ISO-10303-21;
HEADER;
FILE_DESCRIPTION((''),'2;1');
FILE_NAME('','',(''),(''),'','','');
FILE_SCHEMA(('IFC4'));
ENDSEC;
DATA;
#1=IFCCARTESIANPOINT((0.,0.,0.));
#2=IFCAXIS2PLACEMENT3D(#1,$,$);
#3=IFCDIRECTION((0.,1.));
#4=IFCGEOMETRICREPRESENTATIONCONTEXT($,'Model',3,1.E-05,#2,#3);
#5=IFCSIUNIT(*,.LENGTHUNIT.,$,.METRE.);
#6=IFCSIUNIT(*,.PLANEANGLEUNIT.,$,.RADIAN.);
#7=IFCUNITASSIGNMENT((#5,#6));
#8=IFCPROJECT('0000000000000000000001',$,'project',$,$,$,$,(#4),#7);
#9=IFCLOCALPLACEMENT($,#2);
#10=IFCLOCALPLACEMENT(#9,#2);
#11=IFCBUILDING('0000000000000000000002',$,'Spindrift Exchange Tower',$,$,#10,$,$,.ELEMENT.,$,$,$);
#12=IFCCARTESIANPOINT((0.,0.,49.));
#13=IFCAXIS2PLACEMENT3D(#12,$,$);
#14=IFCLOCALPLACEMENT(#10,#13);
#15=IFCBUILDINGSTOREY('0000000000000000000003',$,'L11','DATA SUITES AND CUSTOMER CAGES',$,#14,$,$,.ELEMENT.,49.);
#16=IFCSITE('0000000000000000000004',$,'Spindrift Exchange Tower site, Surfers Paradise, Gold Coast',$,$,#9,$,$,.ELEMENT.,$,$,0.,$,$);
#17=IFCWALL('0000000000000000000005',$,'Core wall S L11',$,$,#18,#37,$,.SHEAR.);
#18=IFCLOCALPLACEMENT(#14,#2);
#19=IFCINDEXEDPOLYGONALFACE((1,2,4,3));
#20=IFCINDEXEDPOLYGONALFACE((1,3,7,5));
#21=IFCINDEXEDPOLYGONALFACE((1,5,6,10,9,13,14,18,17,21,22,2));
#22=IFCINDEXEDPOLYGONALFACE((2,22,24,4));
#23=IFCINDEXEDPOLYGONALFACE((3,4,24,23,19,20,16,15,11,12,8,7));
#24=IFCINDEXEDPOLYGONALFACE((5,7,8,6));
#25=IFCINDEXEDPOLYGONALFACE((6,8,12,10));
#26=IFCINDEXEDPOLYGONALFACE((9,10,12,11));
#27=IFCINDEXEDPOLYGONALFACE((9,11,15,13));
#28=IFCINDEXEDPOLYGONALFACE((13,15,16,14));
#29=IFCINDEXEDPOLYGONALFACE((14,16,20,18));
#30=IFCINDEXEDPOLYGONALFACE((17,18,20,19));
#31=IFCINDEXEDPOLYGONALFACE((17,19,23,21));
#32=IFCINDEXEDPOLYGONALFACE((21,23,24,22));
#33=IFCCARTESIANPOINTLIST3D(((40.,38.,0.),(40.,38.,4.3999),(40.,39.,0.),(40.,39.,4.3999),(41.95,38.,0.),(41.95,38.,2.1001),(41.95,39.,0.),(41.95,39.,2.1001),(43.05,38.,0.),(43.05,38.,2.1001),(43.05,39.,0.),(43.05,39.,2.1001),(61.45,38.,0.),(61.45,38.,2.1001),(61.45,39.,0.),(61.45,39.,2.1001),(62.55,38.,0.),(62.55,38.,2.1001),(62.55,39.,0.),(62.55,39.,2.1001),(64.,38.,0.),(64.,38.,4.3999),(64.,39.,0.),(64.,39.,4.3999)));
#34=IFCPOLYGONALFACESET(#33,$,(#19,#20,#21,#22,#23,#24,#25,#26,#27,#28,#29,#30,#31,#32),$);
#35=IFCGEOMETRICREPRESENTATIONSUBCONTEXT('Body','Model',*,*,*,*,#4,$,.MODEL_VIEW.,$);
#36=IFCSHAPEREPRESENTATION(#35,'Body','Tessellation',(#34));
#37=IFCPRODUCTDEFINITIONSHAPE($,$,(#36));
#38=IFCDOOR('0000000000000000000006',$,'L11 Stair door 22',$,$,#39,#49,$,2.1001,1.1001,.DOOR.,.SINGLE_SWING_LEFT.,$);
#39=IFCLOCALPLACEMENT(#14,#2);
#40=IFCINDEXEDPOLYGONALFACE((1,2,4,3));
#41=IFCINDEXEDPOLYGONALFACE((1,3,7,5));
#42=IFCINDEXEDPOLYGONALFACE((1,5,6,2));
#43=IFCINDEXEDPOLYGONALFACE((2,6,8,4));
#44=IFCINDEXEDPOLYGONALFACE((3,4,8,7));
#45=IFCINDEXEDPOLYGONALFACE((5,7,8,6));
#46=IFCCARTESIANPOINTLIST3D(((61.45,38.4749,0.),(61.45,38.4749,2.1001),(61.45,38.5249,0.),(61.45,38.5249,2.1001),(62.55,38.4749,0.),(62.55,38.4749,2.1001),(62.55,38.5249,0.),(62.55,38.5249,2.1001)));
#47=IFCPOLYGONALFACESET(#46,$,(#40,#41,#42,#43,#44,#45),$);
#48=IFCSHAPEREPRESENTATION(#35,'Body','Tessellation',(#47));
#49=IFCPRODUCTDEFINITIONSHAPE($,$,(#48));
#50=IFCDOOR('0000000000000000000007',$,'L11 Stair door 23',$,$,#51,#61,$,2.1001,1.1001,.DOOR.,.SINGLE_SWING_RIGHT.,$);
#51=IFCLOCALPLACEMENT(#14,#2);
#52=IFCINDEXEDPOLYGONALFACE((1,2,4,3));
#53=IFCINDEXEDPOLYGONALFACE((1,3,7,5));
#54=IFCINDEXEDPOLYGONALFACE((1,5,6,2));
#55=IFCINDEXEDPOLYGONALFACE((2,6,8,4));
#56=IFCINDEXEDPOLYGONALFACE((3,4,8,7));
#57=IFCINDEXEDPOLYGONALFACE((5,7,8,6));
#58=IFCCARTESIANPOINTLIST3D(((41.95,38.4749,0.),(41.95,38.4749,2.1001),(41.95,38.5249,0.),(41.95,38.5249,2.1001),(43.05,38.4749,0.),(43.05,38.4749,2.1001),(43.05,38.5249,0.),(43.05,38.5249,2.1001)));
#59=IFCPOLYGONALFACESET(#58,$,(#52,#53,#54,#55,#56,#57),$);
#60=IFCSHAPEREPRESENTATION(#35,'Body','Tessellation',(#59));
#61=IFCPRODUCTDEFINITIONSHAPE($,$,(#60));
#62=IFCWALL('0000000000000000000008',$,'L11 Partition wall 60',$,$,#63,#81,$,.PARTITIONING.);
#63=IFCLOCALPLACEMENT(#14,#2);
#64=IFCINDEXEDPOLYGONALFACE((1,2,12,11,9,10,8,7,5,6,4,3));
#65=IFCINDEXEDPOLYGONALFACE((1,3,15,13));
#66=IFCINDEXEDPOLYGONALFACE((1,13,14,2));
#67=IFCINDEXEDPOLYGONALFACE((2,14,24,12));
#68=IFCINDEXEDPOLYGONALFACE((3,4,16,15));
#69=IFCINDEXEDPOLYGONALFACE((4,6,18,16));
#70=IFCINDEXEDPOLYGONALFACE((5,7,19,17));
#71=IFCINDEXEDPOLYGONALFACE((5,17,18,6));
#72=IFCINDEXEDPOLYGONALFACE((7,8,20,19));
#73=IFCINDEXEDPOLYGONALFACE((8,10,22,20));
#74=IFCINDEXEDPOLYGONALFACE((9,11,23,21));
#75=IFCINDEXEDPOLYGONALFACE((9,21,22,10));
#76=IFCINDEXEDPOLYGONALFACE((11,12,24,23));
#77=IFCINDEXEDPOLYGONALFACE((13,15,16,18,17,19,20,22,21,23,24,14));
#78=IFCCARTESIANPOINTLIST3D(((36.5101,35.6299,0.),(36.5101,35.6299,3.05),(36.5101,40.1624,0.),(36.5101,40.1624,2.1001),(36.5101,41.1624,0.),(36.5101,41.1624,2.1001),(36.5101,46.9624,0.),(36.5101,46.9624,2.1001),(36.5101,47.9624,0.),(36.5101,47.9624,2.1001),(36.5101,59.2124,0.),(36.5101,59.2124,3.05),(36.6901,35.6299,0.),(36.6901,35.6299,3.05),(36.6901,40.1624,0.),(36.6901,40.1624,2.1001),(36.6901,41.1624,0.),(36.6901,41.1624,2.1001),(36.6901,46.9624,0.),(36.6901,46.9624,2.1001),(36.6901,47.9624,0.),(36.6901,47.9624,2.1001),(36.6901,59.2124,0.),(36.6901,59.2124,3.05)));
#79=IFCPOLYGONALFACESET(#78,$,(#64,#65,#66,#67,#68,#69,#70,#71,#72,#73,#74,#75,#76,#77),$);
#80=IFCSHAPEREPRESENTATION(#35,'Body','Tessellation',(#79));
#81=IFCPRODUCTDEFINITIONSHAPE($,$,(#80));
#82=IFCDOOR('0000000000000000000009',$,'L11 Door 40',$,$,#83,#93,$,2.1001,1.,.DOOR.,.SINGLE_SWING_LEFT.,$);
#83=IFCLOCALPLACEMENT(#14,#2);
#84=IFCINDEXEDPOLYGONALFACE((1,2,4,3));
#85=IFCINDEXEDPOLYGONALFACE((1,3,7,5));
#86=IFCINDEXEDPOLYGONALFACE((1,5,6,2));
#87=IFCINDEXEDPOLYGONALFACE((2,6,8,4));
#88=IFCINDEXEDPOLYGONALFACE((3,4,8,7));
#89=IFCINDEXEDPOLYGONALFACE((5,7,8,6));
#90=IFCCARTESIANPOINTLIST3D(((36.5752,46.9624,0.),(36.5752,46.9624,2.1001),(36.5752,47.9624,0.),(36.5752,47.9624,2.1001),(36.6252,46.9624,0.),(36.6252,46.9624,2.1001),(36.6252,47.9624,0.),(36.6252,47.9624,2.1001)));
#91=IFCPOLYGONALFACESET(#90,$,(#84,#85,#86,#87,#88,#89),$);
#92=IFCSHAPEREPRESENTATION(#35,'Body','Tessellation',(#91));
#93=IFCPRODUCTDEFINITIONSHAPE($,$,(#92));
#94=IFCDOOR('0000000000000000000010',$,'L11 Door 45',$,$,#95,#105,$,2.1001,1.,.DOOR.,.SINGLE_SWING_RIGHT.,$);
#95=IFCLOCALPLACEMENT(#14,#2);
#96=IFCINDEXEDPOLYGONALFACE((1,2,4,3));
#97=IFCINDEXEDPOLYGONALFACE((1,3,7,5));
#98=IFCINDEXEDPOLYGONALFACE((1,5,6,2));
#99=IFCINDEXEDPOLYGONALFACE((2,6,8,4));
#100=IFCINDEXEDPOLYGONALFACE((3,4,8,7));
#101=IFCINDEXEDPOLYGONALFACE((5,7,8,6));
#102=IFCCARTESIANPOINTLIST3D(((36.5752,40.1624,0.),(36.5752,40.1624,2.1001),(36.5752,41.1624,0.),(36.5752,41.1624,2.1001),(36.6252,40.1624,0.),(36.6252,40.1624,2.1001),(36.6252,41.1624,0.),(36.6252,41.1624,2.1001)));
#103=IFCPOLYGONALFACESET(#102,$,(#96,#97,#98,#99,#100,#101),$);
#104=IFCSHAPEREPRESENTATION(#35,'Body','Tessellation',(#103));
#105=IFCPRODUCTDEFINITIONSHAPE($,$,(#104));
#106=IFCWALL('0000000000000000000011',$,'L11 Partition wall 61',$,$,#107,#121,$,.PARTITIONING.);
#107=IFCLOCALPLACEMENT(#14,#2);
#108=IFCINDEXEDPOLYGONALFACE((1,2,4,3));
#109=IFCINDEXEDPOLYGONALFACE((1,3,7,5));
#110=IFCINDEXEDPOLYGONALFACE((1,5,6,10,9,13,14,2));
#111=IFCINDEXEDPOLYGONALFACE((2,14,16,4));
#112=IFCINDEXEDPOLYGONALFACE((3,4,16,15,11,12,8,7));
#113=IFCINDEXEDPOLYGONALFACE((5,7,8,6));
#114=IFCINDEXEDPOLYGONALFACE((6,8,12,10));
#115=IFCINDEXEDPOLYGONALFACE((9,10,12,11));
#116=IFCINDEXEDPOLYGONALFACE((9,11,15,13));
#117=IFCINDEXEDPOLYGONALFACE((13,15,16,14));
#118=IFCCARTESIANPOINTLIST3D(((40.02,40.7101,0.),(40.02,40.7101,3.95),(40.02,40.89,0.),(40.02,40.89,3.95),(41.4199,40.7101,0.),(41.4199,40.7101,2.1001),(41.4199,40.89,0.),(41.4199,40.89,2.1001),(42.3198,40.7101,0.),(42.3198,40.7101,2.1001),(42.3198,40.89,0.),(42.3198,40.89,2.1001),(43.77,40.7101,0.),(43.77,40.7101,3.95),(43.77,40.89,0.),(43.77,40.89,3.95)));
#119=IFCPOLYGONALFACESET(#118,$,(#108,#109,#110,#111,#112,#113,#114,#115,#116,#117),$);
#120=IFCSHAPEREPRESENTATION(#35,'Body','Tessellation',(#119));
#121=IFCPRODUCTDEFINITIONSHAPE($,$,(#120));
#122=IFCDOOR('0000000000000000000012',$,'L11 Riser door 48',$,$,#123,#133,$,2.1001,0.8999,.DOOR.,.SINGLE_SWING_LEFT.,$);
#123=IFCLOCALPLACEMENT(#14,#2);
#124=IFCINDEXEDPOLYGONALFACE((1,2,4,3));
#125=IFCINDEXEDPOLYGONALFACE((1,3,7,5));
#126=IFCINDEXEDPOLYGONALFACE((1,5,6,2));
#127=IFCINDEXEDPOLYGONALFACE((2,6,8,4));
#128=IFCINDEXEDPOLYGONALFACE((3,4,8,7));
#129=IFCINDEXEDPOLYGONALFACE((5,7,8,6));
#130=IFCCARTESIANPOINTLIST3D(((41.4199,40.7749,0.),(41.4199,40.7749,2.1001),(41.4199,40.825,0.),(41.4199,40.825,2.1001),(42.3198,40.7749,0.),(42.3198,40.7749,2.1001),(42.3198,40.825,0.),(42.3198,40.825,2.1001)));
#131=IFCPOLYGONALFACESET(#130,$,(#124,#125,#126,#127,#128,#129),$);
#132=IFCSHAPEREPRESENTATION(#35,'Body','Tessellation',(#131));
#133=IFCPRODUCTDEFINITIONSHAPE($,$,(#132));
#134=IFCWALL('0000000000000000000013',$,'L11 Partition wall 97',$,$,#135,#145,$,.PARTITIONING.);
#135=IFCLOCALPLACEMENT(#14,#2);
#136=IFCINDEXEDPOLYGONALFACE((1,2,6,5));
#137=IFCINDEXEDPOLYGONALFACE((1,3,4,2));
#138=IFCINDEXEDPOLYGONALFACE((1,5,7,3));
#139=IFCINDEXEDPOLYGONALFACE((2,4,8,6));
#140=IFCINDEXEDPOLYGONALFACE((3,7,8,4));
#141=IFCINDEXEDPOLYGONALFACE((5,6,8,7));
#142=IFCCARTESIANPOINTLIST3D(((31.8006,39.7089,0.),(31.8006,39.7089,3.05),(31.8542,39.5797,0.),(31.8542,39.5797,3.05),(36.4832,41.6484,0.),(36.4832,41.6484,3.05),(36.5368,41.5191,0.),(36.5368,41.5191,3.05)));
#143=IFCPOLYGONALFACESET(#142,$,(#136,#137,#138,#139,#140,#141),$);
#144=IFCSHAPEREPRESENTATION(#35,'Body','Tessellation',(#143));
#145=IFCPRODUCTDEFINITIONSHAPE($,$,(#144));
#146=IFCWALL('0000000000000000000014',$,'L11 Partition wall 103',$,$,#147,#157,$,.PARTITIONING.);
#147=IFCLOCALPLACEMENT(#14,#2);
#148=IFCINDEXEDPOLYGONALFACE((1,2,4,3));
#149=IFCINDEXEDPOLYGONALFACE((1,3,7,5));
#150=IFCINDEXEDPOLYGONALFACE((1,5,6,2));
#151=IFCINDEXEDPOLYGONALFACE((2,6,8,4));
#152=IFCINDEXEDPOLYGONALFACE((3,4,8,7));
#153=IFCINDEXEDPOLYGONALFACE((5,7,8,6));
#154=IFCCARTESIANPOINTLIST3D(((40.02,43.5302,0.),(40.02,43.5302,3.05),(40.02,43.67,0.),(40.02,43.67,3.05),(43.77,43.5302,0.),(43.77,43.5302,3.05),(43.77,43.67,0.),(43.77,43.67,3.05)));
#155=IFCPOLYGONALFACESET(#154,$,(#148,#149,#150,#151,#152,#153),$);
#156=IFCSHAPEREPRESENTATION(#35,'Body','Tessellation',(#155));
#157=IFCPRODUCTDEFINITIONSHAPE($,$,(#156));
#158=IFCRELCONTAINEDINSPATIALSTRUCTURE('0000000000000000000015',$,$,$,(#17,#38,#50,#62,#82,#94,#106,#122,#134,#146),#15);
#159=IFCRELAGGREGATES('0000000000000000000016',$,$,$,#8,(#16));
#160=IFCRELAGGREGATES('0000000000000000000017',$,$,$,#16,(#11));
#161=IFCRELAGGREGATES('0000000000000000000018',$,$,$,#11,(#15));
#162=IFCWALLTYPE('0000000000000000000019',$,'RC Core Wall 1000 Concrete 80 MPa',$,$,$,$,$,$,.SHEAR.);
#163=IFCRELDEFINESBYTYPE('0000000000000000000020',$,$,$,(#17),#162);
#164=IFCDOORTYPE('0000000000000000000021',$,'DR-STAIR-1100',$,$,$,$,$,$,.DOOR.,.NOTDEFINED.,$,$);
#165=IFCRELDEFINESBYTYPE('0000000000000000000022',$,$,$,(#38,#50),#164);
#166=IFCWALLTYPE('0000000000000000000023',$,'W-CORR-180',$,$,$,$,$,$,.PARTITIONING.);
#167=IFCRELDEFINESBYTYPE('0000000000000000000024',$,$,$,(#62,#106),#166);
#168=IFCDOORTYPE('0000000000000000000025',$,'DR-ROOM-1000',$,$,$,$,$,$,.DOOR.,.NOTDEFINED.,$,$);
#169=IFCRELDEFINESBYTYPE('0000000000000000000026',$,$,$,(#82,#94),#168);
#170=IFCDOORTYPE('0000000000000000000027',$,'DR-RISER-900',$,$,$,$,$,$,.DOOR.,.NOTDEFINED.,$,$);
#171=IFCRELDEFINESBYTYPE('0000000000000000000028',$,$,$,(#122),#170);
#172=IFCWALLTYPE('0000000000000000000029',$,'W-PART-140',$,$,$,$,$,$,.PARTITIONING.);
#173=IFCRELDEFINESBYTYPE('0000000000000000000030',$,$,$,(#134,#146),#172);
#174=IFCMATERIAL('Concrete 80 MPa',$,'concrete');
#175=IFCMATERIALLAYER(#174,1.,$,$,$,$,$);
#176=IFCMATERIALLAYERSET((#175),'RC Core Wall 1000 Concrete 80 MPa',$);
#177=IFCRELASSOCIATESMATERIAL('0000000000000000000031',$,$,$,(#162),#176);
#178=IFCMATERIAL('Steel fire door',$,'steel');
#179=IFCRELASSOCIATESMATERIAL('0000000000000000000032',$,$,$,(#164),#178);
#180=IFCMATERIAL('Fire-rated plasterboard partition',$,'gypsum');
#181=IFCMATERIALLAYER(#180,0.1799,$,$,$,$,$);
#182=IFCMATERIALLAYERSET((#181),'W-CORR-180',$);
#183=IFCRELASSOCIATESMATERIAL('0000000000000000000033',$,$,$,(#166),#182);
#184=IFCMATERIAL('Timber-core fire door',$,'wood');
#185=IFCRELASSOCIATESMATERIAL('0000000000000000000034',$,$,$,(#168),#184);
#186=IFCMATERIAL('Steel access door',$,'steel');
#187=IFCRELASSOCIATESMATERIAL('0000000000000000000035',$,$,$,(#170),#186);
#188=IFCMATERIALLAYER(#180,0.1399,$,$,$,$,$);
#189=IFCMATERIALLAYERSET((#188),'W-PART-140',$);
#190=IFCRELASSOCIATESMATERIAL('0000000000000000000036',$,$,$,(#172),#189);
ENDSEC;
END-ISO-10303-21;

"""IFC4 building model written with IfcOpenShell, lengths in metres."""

from ifc_helpers import new_model, si_unit, direction, frame, frame_2d, origin, place, context, subcontext, project, spatial, rectangle, extrude, source, transform, mapped, material, layer, layer_set, type_object, element, fill, save


model = new_model("IFC4")

# Units and contexts
model_context = context("Model", 3, precision=1e-05, world=origin(), true_north=direction((0.0, 1.0)))
body_context = subcontext(model_context, "Body", "Model", "MODEL_VIEW")
ifc_project = project(units=[si_unit("LENGTHUNIT", "METRE"), si_unit("PLANEANGLEUNIT", "RADIAN")], contexts=[model_context])

# Site, building, storey
site_placement = place(None, origin())
site = spatial("IfcSite", under=ifc_project, at=site_placement, Name="Spindrift Exchange Tower site, Surfers Paradise, Gold Coast", CompositionType="ELEMENT", RefElevation=0.0)
building_placement = place(site_placement, origin())
building = spatial("IfcBuilding", under=site, at=building_placement, Name="Spindrift Exchange Tower", CompositionType="ELEMENT")
storey_placement = place(building_placement, frame((0.0, 0.0, 49.0)))
storey = spatial("IfcBuildingStorey", under=building, at=storey_placement, Name="L11", Description="DATA SUITES AND CUSTOMER CAGES", CompositionType="ELEMENT", Elevation=49.0)

# Shared definitions
ifc_material_1 = material(Name="Concrete 80 MPa", Category="concrete")

# Walls, openings, doors
ifc_layer_1 = layer(ifc_material_1, 1.0)
ifc_layer_set_1 = layer_set([ifc_layer_1], Name="RC Core Wall 1000 Concrete 80 MPa")
wall_type_1 = type_object("IfcWallType", Name="RC Core Wall 1000 Concrete 80 MPa", PredefinedType="SHEAR", material=ifc_layer_set_1)
wall_1_placement = place(storey_placement, frame((40.0, 38.5, 0.0), z_axis=(0.0, 0.0, 1.0), x_axis=(1.0, 0.0, 0.0)))
wall_1 = element("IfcWall", 1, at=wall_1_placement, inside=storey, type_object=wall_type_1, Name="Core wall S L11", PredefinedType="SHEAR", context=body_context, shape_type="SweptSolid", body=[
    extrude(rectangle(XDim=24.0, YDim=1.0, at=frame_2d((12.0, 0.0))), origin(), (0.0, 0.0, 1.0), 4.3999),
])
opening_1_placement = place(wall_1_placement, frame((21.45, 0.0, 0.0)))
opening_1 = element("IfcOpeningElement", 2, at=opening_1_placement, cuts=wall_1, PredefinedType="OPENING", context=body_context, shape_type="SweptSolid", body=[
    extrude(rectangle(XDim=1.1001, YDim=2.1001, at=frame_2d((0.55, 1.05))), frame((0.0, 0.51, 0.0), z_axis=(0.0, -1.0, 0.0), x_axis=(1.0, 0.0, 0.0)), (0.0, 0.0, 1.0), 1.02),
])
opening_2_placement = place(wall_1_placement, frame((1.95, 0.0, 0.0)))
opening_2 = element("IfcOpeningElement", 3, at=opening_2_placement, cuts=wall_1, PredefinedType="OPENING", context=body_context, shape_type="SweptSolid", body=[
    extrude(rectangle(XDim=1.1001, YDim=2.1001, at=frame_2d((0.55, 1.05))), frame((0.0, 0.51, 0.0), z_axis=(0.0, -1.0, 0.0), x_axis=(1.0, 0.0, 0.0)), (0.0, 0.0, 1.0), 1.02),
])
ifc_material_2 = material(Name="Steel fire door", Category="steel")
door_type_1 = type_object("IfcDoorType", Name="DR-STAIR-1100", OperationType="NOTDEFINED", PredefinedType="DOOR", material=ifc_material_2)
shared_shape_1 = source(origin(), body_context, "Body", "SweptSolid", [
    extrude(rectangle(XDim=1.1001, YDim=2.1001, at=frame_2d((0.55, 1.05))), frame((0.0, 0.0249, 0.0), z_axis=(0.0, -1.0, 0.0), x_axis=(1.0, 0.0, 0.0)), (0.0, 0.0, 1.0), 0.05),
])
door_1_placement = place(opening_1_placement, origin())
door_1 = element("IfcDoor", 4, at=door_1_placement, inside=storey, type_object=door_type_1, Name="L11 Stair door 22", OperationType="SINGLE_SWING_LEFT", OverallHeight=2.1001, OverallWidth=1.1001, PredefinedType="DOOR", context=body_context, shape_type="MappedRepresentation", body=[
    mapped(shared_shape_1, transform((0.0, 0.0, 0.0), scale=1.0)),
])
fill(opening_1, door_1)
door_2_placement = place(opening_2_placement, origin())
door_2 = element("IfcDoor", 5, at=door_2_placement, inside=storey, type_object=door_type_1, Name="L11 Stair door 23", OperationType="SINGLE_SWING_RIGHT", OverallHeight=2.1001, OverallWidth=1.1001, PredefinedType="DOOR", context=body_context, shape_type="MappedRepresentation", body=[
    mapped(shared_shape_1, transform((0.0, 0.0, 0.0), scale=1.0)),
])
fill(opening_2, door_2)
ifc_material_3 = material(Name="Fire-rated plasterboard partition", Category="gypsum")
ifc_layer_2 = layer(ifc_material_3, 0.1799)
ifc_layer_set_2 = layer_set([ifc_layer_2], Name="W-CORR-180")
wall_type_2 = type_object("IfcWallType", Name="W-CORR-180", PredefinedType="PARTITIONING", material=ifc_layer_set_2)
wall_2_placement = place(storey_placement, frame((36.6001, 35.6299, 0.0), z_axis=(0.0, 0.0, 1.0), x_axis=(0.0, 1.0, 0.0)))
wall_2 = element("IfcWall", 6, at=wall_2_placement, inside=storey, type_object=wall_type_2, Name="L11 Partition wall 60", PredefinedType="PARTITIONING", context=body_context, shape_type="SweptSolid", body=[
    extrude(rectangle(XDim=23.5825, YDim=0.1799, at=frame_2d((11.7913, 0.0))), origin(), (0.0, 0.0, 1.0), 3.05),
])
opening_3_placement = place(wall_2_placement, frame((11.3325, 0.0, 0.0)))
opening_3 = element("IfcOpeningElement", 7, at=opening_3_placement, cuts=wall_2, PredefinedType="OPENING", context=body_context, shape_type="SweptSolid", body=[
    extrude(rectangle(XDim=1.0, YDim=2.1001, at=frame_2d((0.5, 1.05))), frame((0.0, 0.0999, 0.0), z_axis=(0.0, -1.0, 0.0), x_axis=(1.0, 0.0, 0.0)), (0.0, 0.0, 1.0), 0.2),
])
opening_4_placement = place(wall_2_placement, frame((4.5325, 0.0, 0.0)))
opening_4 = element("IfcOpeningElement", 8, at=opening_4_placement, cuts=wall_2, PredefinedType="OPENING", context=body_context, shape_type="SweptSolid", body=[
    extrude(rectangle(XDim=1.0, YDim=2.1001, at=frame_2d((0.5, 1.05))), frame((0.0, 0.0999, 0.0), z_axis=(0.0, -1.0, 0.0), x_axis=(1.0, 0.0, 0.0)), (0.0, 0.0, 1.0), 0.2),
])
ifc_material_4 = material(Name="Timber-core fire door", Category="wood")
door_type_2 = type_object("IfcDoorType", Name="DR-ROOM-1000", OperationType="NOTDEFINED", PredefinedType="DOOR", material=ifc_material_4)
shared_shape_2 = source(origin(), body_context, "Body", "SweptSolid", [
    extrude(rectangle(XDim=1.0, YDim=2.1001, at=frame_2d((0.5, 1.05))), frame((0.0, 0.0249, 0.0), z_axis=(0.0, -1.0, 0.0), x_axis=(1.0, 0.0, 0.0)), (0.0, 0.0, 1.0), 0.05),
])
door_3_placement = place(opening_3_placement, origin())
door_3 = element("IfcDoor", 9, at=door_3_placement, inside=storey, type_object=door_type_2, Name="L11 Door 40", OperationType="SINGLE_SWING_LEFT", OverallHeight=2.1001, OverallWidth=1.0, PredefinedType="DOOR", context=body_context, shape_type="MappedRepresentation", body=[
    mapped(shared_shape_2, transform((0.0, 0.0, 0.0), scale=1.0)),
])
fill(opening_3, door_3)
door_4_placement = place(opening_4_placement, origin())
door_4 = element("IfcDoor", 10, at=door_4_placement, inside=storey, type_object=door_type_2, Name="L11 Door 45", OperationType="SINGLE_SWING_RIGHT", OverallHeight=2.1001, OverallWidth=1.0, PredefinedType="DOOR", context=body_context, shape_type="MappedRepresentation", body=[
    mapped(shared_shape_2, transform((0.0, 0.0, 0.0), scale=1.0)),
])
fill(opening_4, door_4)

# Wall, opening, door
wall_3_placement = place(storey_placement, frame((40.02, 40.8, 0.0), z_axis=(0.0, 0.0, 1.0), x_axis=(1.0, 0.0, 0.0)))
wall_3 = element("IfcWall", 11, at=wall_3_placement, inside=storey, type_object=wall_type_2, Name="L11 Partition wall 61", PredefinedType="PARTITIONING", context=body_context, shape_type="SweptSolid", body=[
    extrude(rectangle(XDim=3.75, YDim=0.1799, at=frame_2d((1.875, 0.0))), origin(), (0.0, 0.0, 1.0), 3.95),
])
opening_5_placement = place(wall_3_placement, frame((1.3999, 0.0, 0.0)))
opening_5 = element("IfcOpeningElement", 12, at=opening_5_placement, cuts=wall_3, PredefinedType="OPENING", context=body_context, shape_type="SweptSolid", body=[
    extrude(rectangle(XDim=0.8999, YDim=2.1001, at=frame_2d((0.45, 1.05))), frame((0.0, 0.0999, 0.0), z_axis=(0.0, -1.0, 0.0), x_axis=(1.0, 0.0, 0.0)), (0.0, 0.0, 1.0), 0.2),
])
ifc_material_5 = material(Name="Steel access door", Category="steel")
door_type_3 = type_object("IfcDoorType", Name="DR-RISER-900", OperationType="NOTDEFINED", PredefinedType="DOOR", material=ifc_material_5)
shared_shape_3 = source(origin(), body_context, "Body", "SweptSolid", [
    extrude(rectangle(XDim=0.8999, YDim=2.1001, at=frame_2d((0.45, 1.05))), frame((0.0, 0.0249, 0.0), z_axis=(0.0, -1.0, 0.0), x_axis=(1.0, 0.0, 0.0)), (0.0, 0.0, 1.0), 0.05),
])
door_5_placement = place(opening_5_placement, origin())
door_5 = element("IfcDoor", 13, at=door_5_placement, inside=storey, type_object=door_type_3, Name="L11 Riser door 48", OperationType="SINGLE_SWING_LEFT", OverallHeight=2.1001, OverallWidth=0.8999, PredefinedType="DOOR", context=body_context, shape_type="MappedRepresentation", body=[
    mapped(shared_shape_3, transform((0.0, 0.0, 0.0), scale=1.0)),
])
fill(opening_5, door_5)

# Walls
ifc_layer_3 = layer(ifc_material_3, 0.1399)
ifc_layer_set_3 = layer_set([ifc_layer_3], Name="W-PART-140")
wall_type_3 = type_object("IfcWallType", Name="W-PART-140", PredefinedType="PARTITIONING", material=ifc_layer_set_3)
wall_4_placement = place(storey_placement, frame((36.51, 41.5837, 0.0), z_axis=(0.0, 0.0, 1.0), x_axis=(-0.92389, -0.382658, 0.0)))
element("IfcWall", 14, at=wall_4_placement, inside=storey, type_object=wall_type_3, Name="L11 Partition wall 97", PredefinedType="PARTITIONING", context=body_context, shape_type="SweptSolid", body=[
    extrude(rectangle(XDim=5.0684, YDim=0.1399, at=frame_2d((2.5342, 0.0))), origin(), (0.0, 0.0, 1.0), 3.05),
])
wall_5_placement = place(storey_placement, frame((43.77, 43.6001, 0.0), z_axis=(0.0, 0.0, 1.0), x_axis=(-1.0, 0.0, 0.0)))
element("IfcWall", 15, at=wall_5_placement, inside=storey, type_object=wall_type_3, Name="L11 Partition wall 103", PredefinedType="PARTITIONING", context=body_context, shape_type="SweptSolid", body=[
    extrude(rectangle(XDim=3.75, YDim=0.1399, at=frame_2d((1.875, 0.0))), origin(), (0.0, 0.0, 1.0), 3.05),
])

save(model, "model.ifc")
